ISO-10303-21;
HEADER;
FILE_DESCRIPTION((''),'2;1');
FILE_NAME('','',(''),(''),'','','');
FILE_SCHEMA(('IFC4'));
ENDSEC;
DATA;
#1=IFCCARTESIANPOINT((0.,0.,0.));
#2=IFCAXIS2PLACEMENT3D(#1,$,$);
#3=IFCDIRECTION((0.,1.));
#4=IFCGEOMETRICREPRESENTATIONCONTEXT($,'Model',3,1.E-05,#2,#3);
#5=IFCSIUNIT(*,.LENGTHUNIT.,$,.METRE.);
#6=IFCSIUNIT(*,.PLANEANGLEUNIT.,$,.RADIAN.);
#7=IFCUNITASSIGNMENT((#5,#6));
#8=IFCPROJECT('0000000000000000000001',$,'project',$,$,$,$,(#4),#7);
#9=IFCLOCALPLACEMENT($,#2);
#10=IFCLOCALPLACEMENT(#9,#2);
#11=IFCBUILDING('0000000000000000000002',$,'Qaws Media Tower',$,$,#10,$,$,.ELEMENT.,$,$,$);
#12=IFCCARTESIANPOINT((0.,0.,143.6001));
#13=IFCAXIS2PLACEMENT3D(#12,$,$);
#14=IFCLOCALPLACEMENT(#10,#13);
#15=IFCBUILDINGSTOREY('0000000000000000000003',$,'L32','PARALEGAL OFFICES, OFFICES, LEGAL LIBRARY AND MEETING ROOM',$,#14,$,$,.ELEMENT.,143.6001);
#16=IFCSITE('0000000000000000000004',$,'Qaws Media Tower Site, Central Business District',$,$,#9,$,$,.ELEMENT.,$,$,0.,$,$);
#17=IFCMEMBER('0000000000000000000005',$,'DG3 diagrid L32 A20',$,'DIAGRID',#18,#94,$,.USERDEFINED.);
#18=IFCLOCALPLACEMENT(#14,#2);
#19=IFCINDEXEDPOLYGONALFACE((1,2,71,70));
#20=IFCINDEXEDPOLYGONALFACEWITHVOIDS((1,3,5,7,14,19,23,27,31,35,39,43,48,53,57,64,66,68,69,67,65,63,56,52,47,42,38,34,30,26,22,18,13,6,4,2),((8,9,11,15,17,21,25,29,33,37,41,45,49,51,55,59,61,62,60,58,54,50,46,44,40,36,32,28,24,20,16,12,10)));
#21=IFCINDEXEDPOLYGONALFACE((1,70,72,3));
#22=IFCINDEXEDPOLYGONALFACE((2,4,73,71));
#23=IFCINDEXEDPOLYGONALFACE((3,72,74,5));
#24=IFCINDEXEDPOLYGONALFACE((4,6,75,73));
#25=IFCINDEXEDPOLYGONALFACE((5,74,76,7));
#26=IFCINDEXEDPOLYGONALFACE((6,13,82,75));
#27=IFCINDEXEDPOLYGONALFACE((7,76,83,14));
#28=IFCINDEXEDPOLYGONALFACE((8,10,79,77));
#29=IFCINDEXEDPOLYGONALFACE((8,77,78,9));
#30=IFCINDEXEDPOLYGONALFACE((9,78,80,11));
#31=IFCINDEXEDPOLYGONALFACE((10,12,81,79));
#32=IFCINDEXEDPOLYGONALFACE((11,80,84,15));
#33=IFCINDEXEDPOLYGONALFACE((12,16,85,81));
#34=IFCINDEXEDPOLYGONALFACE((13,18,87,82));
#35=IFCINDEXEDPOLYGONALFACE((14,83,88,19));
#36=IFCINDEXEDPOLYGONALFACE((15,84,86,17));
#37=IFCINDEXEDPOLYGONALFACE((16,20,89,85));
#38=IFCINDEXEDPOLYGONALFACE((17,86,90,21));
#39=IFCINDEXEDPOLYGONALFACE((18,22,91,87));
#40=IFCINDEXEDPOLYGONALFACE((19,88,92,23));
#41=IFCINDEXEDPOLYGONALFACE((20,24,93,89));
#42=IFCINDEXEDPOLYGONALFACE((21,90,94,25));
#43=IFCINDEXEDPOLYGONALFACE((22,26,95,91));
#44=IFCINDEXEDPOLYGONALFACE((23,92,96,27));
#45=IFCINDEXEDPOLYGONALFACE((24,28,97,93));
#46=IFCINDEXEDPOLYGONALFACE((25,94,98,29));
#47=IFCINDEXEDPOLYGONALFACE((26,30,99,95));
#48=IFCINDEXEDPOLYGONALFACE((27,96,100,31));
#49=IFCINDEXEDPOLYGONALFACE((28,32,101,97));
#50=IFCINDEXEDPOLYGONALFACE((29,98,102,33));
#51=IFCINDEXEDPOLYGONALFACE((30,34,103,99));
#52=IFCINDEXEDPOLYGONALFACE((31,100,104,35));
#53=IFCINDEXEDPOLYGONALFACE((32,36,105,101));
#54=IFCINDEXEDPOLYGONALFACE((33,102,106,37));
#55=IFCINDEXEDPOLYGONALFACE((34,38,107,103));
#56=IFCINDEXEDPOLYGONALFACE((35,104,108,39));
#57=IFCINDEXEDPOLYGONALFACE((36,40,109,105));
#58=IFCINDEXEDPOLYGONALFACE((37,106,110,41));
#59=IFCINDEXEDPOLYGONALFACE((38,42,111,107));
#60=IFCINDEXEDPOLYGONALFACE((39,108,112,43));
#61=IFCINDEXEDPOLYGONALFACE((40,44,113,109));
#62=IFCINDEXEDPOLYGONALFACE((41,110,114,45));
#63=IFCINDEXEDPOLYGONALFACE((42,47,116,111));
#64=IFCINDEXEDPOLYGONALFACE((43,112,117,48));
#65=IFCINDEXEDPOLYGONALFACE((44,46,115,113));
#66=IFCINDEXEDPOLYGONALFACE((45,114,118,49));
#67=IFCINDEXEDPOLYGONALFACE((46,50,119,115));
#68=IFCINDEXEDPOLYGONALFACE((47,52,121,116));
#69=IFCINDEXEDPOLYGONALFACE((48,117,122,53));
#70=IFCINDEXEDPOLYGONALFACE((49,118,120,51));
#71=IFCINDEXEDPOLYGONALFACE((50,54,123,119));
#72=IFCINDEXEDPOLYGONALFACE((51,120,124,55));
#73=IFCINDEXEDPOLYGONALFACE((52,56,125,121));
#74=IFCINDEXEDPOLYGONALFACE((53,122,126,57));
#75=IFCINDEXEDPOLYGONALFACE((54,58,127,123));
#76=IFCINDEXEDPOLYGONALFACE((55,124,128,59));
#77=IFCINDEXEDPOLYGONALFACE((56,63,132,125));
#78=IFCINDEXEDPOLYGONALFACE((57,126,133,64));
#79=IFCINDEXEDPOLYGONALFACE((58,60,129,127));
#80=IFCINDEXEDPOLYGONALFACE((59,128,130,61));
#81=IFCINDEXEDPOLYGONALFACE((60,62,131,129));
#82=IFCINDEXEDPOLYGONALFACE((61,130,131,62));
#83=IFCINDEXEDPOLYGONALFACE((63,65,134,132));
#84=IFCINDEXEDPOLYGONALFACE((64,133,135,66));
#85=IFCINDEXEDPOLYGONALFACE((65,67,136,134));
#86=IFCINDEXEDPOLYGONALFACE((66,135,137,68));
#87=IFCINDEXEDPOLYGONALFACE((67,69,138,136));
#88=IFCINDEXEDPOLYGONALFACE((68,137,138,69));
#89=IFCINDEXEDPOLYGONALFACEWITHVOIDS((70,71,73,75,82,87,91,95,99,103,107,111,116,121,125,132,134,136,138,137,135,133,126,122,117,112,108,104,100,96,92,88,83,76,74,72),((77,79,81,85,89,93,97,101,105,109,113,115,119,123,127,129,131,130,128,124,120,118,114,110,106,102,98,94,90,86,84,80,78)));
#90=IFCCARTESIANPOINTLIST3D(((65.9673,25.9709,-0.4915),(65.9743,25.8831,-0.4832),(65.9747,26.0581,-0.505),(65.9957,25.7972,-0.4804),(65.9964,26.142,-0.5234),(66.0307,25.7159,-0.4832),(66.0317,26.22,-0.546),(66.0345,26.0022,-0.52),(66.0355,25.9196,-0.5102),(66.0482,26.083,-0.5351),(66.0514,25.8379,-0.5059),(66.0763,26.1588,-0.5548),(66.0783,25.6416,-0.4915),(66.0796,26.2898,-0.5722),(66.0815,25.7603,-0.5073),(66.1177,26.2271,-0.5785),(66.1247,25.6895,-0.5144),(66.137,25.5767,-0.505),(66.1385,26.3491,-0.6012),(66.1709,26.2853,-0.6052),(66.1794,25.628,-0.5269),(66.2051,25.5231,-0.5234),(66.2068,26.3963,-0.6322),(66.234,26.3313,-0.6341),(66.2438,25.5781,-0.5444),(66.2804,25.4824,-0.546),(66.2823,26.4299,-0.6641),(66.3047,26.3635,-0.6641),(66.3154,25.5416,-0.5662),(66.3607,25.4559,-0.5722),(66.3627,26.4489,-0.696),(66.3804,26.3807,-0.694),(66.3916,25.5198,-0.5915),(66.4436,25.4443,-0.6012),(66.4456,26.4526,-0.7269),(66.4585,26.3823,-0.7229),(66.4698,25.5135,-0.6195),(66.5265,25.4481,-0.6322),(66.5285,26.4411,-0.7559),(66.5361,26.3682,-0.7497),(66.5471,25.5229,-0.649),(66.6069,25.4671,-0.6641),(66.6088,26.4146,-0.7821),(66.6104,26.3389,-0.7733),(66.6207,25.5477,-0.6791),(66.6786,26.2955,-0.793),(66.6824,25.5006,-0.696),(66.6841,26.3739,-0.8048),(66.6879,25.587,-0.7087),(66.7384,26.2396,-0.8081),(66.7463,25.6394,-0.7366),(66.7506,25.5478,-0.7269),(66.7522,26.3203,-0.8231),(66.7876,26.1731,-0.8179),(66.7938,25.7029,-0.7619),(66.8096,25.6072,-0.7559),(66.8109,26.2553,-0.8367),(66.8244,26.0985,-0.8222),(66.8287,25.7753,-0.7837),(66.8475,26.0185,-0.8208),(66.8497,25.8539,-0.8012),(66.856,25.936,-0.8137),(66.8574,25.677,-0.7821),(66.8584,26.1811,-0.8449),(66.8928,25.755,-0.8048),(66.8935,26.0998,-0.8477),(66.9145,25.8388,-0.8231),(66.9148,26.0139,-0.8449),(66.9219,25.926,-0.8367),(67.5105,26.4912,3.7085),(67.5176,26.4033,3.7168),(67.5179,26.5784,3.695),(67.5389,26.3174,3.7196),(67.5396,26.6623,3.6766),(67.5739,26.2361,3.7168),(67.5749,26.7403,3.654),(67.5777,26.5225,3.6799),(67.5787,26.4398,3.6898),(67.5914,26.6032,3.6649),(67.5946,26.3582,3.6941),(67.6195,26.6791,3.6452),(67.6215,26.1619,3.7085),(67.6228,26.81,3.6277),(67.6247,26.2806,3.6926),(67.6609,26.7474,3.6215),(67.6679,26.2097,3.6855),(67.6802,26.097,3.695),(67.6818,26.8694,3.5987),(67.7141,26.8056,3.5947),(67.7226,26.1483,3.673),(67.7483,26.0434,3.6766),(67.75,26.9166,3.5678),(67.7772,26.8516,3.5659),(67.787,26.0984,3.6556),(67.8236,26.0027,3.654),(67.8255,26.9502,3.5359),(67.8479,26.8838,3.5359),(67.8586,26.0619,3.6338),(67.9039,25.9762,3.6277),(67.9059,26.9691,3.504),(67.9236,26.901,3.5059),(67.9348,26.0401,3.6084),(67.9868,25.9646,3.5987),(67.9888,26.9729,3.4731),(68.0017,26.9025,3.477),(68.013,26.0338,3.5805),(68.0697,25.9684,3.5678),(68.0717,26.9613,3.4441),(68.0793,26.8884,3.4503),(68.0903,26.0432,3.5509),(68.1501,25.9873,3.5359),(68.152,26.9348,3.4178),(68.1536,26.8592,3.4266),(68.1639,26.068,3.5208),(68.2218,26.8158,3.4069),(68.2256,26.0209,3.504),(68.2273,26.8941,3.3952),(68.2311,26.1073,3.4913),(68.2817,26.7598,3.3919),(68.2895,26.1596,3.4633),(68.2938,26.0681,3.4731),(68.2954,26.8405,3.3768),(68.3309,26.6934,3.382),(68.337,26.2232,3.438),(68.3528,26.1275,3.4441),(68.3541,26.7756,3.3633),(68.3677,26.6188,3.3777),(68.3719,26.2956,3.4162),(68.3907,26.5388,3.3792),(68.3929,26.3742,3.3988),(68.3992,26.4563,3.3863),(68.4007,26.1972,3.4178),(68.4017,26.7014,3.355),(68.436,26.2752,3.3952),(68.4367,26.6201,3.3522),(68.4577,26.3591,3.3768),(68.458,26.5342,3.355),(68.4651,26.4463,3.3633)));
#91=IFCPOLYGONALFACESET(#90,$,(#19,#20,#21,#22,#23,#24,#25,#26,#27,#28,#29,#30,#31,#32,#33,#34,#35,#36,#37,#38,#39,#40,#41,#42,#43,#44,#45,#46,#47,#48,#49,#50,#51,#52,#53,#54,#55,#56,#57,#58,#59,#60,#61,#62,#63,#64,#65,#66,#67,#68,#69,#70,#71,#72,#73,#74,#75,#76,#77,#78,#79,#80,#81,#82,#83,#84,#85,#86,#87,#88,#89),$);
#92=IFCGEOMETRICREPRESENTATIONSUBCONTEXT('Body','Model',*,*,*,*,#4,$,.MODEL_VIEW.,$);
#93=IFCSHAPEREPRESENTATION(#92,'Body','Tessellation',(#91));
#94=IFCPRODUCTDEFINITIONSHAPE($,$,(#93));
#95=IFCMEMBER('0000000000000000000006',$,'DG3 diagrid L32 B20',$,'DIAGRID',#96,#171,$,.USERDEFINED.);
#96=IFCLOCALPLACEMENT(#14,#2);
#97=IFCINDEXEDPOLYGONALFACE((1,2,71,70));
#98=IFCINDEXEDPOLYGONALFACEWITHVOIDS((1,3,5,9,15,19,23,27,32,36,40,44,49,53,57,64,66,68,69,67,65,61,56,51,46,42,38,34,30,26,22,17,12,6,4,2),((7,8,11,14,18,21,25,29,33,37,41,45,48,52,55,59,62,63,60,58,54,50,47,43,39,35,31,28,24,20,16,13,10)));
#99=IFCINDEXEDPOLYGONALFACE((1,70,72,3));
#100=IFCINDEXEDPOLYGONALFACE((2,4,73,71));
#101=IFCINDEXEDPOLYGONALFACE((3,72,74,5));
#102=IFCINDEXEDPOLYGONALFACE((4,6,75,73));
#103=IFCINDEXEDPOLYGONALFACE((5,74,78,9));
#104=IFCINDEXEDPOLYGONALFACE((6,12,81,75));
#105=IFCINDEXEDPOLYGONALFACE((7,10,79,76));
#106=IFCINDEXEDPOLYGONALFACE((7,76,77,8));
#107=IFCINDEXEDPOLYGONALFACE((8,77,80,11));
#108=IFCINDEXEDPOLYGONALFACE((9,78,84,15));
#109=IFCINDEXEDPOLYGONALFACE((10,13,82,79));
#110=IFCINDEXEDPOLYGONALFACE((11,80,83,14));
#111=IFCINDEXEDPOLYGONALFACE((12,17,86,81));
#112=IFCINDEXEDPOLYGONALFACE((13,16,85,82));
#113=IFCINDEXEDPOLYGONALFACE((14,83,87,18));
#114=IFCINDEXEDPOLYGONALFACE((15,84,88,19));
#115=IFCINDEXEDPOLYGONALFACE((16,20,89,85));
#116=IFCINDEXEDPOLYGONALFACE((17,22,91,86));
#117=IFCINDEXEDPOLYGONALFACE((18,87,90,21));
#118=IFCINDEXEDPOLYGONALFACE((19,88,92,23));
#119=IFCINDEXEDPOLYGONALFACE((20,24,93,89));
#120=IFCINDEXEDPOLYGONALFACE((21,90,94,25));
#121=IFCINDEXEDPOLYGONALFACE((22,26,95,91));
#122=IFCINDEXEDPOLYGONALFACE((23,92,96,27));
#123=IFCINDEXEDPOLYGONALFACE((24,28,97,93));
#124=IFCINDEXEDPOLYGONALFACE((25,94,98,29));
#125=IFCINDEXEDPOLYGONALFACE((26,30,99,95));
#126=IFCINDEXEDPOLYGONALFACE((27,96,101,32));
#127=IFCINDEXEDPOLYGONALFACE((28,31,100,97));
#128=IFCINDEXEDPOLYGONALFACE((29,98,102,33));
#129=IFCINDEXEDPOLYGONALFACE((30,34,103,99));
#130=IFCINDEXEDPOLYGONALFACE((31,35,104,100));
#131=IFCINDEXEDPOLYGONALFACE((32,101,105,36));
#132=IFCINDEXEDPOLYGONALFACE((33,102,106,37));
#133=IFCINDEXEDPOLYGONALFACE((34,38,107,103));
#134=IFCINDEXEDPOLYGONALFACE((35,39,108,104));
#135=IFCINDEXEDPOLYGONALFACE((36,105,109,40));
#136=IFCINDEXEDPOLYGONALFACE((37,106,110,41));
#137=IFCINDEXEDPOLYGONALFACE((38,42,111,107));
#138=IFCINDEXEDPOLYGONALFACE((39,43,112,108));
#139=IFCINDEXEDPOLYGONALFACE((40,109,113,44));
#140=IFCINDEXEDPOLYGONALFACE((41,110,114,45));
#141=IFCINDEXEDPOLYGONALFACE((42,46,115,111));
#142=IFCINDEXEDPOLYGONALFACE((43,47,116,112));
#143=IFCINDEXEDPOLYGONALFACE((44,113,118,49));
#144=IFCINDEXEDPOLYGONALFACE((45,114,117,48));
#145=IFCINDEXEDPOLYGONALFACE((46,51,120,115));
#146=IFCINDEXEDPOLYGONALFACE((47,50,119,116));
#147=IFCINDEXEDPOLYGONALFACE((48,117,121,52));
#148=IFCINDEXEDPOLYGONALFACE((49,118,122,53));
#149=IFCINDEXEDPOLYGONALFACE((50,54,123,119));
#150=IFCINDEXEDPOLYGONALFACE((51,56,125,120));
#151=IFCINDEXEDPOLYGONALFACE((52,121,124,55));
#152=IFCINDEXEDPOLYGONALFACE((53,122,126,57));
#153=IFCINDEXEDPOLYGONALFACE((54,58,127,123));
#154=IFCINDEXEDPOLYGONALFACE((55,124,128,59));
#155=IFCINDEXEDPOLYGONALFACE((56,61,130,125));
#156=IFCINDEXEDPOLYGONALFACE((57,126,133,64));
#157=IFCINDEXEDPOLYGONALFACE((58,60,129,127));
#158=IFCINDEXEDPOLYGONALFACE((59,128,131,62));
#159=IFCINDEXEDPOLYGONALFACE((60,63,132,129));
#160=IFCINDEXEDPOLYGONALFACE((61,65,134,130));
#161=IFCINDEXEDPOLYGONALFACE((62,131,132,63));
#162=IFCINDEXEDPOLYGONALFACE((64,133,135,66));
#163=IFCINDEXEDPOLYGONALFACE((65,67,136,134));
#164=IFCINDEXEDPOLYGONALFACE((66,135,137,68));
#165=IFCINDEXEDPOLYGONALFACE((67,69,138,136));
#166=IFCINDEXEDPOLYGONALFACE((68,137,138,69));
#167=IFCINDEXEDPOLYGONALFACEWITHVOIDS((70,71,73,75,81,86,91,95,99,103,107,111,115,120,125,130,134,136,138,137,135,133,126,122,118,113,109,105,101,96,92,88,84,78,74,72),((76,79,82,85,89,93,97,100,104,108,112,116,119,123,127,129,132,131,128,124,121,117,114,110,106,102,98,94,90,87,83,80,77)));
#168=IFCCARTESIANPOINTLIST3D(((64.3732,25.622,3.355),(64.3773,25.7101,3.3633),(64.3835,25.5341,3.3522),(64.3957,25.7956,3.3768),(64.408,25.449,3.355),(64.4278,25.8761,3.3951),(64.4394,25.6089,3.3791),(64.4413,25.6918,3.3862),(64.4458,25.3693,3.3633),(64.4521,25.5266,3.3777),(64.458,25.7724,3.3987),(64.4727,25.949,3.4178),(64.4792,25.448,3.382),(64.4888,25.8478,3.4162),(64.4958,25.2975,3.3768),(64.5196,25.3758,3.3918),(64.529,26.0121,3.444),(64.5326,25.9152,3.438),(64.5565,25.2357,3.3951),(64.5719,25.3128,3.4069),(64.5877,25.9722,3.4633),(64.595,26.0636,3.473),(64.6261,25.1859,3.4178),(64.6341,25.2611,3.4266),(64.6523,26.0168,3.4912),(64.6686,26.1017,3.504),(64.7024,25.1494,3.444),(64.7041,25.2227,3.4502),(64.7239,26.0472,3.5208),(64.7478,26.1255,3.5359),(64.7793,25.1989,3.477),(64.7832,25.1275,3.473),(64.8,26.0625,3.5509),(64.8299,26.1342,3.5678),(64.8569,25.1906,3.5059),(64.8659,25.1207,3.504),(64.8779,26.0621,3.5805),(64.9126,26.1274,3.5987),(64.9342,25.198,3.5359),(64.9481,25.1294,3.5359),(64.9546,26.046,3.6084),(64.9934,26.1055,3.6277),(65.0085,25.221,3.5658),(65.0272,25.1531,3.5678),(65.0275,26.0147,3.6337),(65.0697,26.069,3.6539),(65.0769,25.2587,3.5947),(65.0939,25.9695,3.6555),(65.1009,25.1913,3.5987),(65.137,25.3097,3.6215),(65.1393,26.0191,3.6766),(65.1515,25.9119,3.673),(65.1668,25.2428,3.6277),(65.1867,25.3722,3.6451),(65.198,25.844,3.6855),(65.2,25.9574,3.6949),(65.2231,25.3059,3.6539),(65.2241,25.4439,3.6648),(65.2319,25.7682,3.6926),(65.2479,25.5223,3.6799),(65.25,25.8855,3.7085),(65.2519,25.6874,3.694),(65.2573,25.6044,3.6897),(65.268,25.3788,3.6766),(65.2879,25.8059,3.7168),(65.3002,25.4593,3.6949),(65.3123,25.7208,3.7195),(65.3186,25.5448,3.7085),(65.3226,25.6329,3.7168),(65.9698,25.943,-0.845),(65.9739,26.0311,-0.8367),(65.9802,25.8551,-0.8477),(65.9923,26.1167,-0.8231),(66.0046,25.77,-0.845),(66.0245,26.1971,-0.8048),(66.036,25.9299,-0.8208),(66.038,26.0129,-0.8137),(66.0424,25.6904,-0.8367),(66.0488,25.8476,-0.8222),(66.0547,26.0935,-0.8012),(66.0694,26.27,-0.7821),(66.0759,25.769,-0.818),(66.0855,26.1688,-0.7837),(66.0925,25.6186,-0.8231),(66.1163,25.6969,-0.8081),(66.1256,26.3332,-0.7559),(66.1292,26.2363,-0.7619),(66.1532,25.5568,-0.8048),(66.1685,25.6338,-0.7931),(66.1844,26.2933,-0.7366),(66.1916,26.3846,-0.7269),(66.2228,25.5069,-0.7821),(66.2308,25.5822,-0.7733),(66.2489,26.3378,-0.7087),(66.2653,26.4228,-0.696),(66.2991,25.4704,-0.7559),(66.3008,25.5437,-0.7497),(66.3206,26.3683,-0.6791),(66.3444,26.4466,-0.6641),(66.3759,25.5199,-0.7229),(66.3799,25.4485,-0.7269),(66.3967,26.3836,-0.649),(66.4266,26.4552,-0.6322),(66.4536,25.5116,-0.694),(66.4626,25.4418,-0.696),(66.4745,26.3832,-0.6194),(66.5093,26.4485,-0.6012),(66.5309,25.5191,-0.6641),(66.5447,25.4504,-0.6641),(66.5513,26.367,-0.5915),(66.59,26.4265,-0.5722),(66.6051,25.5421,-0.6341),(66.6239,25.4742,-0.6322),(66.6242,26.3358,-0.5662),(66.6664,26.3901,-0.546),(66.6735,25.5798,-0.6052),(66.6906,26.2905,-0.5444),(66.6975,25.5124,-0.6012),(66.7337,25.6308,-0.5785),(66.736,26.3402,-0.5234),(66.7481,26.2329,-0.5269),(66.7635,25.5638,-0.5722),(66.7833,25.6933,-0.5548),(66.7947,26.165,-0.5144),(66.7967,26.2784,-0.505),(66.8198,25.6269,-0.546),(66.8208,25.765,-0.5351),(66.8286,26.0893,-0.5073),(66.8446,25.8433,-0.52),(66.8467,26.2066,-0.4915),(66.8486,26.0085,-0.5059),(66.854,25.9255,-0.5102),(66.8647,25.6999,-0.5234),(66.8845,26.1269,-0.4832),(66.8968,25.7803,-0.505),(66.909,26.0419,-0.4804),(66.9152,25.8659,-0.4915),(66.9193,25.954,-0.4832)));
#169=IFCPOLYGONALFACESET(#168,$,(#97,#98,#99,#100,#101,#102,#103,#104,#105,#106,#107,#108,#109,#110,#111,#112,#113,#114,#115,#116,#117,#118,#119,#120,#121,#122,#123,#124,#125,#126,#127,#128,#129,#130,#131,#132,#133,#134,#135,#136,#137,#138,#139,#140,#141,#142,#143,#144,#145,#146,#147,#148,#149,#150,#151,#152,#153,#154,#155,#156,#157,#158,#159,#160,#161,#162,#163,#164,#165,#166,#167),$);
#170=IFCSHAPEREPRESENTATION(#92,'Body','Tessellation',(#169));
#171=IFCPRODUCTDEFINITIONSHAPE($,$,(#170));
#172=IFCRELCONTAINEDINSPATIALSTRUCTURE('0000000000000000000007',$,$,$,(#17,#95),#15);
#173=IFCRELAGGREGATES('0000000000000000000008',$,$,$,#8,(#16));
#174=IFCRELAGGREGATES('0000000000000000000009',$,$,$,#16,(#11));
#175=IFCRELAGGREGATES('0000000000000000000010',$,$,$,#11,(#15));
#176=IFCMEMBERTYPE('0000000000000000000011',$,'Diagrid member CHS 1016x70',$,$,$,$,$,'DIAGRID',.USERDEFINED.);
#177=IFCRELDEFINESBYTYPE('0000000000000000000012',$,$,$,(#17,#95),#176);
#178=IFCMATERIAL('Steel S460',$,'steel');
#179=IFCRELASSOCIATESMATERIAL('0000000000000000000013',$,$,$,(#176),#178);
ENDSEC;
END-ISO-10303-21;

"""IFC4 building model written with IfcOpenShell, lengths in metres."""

from ifc_helpers import new_model, si_unit, direction, frame, origin, origin_2d, place, context, subcontext, project, spatial, hollow_circle, extrude, material, material_profile, profile_set, type_object, element, save


model = new_model("IFC4")

# Units and contexts
model_context = context("Model", 3, precision=1e-05, world=origin(), true_north=direction((0.0, 1.0)))
body_context = subcontext(model_context, "Body", "Model", "MODEL_VIEW")
ifc_project = project(units=[si_unit("LENGTHUNIT", "METRE"), si_unit("PLANEANGLEUNIT", "RADIAN")], contexts=[model_context])

# Site, building, storey
site_placement = place(None, origin())
site = spatial("IfcSite", under=ifc_project, at=site_placement, Name="Qaws Media Tower Site, Central Business District", CompositionType="ELEMENT", RefElevation=0.0)
building_placement = place(site_placement, origin())
building = spatial("IfcBuilding", under=site, at=building_placement, Name="Qaws Media Tower", CompositionType="ELEMENT")
storey_placement = place(building_placement, frame((0.0, 0.0, 143.6001)))
storey = spatial("IfcBuildingStorey", under=building, at=storey_placement, Name="L32", Description="PARALEGAL OFFICES, OFFICES, LEGAL LIBRARY AND MEETING ROOM", CompositionType="ELEMENT", Elevation=143.6001)

# Members
ifc_material_1 = material(Name="Steel S460", Category="steel")
ifc_material_profile_1 = material_profile(ifc_material_1, hollow_circle(Radius=0.5081, WallThickness=0.0701, at=origin_2d()), Name="CHS 1016x70")
ifc_profile_set_1 = profile_set([ifc_material_profile_1], Name="Steel S460")
member_type_1 = type_object("IfcMemberType", Name="Diagrid member CHS 1016x70", ElementType="DIAGRID", PredefinedType="USERDEFINED", material=ifc_profile_set_1)
for number, where, z_axis, x_axis, name in (
    (1, (66.4446, 25.9485, -0.6641), (0.342583, 0.115495, 0.932361), (-0.319464, 0.947598, 0.0), "DG3 diagrid L32 A20"),
    (2, (66.4446, 25.9485, -0.6641), (-0.35445, -0.071269, 0.932355), (0.197125, -0.980378, 0.0), "DG3 diagrid L32 B20"),
):
    element("IfcMember", number, at=place(storey_placement, frame(where, z_axis=z_axis, x_axis=x_axis)), inside=storey, type_object=member_type_1, Name=name, ObjectType="DIAGRID", PredefinedType="USERDEFINED", context=body_context, shape_type="SweptSolid", body=[
        extrude(hollow_circle(Radius=0.5081, WallThickness=0.0701, at=origin_2d()), origin(), (0.0, 0.0, 1.0), 4.5046),
    ])

save(model, "model.ifc")
